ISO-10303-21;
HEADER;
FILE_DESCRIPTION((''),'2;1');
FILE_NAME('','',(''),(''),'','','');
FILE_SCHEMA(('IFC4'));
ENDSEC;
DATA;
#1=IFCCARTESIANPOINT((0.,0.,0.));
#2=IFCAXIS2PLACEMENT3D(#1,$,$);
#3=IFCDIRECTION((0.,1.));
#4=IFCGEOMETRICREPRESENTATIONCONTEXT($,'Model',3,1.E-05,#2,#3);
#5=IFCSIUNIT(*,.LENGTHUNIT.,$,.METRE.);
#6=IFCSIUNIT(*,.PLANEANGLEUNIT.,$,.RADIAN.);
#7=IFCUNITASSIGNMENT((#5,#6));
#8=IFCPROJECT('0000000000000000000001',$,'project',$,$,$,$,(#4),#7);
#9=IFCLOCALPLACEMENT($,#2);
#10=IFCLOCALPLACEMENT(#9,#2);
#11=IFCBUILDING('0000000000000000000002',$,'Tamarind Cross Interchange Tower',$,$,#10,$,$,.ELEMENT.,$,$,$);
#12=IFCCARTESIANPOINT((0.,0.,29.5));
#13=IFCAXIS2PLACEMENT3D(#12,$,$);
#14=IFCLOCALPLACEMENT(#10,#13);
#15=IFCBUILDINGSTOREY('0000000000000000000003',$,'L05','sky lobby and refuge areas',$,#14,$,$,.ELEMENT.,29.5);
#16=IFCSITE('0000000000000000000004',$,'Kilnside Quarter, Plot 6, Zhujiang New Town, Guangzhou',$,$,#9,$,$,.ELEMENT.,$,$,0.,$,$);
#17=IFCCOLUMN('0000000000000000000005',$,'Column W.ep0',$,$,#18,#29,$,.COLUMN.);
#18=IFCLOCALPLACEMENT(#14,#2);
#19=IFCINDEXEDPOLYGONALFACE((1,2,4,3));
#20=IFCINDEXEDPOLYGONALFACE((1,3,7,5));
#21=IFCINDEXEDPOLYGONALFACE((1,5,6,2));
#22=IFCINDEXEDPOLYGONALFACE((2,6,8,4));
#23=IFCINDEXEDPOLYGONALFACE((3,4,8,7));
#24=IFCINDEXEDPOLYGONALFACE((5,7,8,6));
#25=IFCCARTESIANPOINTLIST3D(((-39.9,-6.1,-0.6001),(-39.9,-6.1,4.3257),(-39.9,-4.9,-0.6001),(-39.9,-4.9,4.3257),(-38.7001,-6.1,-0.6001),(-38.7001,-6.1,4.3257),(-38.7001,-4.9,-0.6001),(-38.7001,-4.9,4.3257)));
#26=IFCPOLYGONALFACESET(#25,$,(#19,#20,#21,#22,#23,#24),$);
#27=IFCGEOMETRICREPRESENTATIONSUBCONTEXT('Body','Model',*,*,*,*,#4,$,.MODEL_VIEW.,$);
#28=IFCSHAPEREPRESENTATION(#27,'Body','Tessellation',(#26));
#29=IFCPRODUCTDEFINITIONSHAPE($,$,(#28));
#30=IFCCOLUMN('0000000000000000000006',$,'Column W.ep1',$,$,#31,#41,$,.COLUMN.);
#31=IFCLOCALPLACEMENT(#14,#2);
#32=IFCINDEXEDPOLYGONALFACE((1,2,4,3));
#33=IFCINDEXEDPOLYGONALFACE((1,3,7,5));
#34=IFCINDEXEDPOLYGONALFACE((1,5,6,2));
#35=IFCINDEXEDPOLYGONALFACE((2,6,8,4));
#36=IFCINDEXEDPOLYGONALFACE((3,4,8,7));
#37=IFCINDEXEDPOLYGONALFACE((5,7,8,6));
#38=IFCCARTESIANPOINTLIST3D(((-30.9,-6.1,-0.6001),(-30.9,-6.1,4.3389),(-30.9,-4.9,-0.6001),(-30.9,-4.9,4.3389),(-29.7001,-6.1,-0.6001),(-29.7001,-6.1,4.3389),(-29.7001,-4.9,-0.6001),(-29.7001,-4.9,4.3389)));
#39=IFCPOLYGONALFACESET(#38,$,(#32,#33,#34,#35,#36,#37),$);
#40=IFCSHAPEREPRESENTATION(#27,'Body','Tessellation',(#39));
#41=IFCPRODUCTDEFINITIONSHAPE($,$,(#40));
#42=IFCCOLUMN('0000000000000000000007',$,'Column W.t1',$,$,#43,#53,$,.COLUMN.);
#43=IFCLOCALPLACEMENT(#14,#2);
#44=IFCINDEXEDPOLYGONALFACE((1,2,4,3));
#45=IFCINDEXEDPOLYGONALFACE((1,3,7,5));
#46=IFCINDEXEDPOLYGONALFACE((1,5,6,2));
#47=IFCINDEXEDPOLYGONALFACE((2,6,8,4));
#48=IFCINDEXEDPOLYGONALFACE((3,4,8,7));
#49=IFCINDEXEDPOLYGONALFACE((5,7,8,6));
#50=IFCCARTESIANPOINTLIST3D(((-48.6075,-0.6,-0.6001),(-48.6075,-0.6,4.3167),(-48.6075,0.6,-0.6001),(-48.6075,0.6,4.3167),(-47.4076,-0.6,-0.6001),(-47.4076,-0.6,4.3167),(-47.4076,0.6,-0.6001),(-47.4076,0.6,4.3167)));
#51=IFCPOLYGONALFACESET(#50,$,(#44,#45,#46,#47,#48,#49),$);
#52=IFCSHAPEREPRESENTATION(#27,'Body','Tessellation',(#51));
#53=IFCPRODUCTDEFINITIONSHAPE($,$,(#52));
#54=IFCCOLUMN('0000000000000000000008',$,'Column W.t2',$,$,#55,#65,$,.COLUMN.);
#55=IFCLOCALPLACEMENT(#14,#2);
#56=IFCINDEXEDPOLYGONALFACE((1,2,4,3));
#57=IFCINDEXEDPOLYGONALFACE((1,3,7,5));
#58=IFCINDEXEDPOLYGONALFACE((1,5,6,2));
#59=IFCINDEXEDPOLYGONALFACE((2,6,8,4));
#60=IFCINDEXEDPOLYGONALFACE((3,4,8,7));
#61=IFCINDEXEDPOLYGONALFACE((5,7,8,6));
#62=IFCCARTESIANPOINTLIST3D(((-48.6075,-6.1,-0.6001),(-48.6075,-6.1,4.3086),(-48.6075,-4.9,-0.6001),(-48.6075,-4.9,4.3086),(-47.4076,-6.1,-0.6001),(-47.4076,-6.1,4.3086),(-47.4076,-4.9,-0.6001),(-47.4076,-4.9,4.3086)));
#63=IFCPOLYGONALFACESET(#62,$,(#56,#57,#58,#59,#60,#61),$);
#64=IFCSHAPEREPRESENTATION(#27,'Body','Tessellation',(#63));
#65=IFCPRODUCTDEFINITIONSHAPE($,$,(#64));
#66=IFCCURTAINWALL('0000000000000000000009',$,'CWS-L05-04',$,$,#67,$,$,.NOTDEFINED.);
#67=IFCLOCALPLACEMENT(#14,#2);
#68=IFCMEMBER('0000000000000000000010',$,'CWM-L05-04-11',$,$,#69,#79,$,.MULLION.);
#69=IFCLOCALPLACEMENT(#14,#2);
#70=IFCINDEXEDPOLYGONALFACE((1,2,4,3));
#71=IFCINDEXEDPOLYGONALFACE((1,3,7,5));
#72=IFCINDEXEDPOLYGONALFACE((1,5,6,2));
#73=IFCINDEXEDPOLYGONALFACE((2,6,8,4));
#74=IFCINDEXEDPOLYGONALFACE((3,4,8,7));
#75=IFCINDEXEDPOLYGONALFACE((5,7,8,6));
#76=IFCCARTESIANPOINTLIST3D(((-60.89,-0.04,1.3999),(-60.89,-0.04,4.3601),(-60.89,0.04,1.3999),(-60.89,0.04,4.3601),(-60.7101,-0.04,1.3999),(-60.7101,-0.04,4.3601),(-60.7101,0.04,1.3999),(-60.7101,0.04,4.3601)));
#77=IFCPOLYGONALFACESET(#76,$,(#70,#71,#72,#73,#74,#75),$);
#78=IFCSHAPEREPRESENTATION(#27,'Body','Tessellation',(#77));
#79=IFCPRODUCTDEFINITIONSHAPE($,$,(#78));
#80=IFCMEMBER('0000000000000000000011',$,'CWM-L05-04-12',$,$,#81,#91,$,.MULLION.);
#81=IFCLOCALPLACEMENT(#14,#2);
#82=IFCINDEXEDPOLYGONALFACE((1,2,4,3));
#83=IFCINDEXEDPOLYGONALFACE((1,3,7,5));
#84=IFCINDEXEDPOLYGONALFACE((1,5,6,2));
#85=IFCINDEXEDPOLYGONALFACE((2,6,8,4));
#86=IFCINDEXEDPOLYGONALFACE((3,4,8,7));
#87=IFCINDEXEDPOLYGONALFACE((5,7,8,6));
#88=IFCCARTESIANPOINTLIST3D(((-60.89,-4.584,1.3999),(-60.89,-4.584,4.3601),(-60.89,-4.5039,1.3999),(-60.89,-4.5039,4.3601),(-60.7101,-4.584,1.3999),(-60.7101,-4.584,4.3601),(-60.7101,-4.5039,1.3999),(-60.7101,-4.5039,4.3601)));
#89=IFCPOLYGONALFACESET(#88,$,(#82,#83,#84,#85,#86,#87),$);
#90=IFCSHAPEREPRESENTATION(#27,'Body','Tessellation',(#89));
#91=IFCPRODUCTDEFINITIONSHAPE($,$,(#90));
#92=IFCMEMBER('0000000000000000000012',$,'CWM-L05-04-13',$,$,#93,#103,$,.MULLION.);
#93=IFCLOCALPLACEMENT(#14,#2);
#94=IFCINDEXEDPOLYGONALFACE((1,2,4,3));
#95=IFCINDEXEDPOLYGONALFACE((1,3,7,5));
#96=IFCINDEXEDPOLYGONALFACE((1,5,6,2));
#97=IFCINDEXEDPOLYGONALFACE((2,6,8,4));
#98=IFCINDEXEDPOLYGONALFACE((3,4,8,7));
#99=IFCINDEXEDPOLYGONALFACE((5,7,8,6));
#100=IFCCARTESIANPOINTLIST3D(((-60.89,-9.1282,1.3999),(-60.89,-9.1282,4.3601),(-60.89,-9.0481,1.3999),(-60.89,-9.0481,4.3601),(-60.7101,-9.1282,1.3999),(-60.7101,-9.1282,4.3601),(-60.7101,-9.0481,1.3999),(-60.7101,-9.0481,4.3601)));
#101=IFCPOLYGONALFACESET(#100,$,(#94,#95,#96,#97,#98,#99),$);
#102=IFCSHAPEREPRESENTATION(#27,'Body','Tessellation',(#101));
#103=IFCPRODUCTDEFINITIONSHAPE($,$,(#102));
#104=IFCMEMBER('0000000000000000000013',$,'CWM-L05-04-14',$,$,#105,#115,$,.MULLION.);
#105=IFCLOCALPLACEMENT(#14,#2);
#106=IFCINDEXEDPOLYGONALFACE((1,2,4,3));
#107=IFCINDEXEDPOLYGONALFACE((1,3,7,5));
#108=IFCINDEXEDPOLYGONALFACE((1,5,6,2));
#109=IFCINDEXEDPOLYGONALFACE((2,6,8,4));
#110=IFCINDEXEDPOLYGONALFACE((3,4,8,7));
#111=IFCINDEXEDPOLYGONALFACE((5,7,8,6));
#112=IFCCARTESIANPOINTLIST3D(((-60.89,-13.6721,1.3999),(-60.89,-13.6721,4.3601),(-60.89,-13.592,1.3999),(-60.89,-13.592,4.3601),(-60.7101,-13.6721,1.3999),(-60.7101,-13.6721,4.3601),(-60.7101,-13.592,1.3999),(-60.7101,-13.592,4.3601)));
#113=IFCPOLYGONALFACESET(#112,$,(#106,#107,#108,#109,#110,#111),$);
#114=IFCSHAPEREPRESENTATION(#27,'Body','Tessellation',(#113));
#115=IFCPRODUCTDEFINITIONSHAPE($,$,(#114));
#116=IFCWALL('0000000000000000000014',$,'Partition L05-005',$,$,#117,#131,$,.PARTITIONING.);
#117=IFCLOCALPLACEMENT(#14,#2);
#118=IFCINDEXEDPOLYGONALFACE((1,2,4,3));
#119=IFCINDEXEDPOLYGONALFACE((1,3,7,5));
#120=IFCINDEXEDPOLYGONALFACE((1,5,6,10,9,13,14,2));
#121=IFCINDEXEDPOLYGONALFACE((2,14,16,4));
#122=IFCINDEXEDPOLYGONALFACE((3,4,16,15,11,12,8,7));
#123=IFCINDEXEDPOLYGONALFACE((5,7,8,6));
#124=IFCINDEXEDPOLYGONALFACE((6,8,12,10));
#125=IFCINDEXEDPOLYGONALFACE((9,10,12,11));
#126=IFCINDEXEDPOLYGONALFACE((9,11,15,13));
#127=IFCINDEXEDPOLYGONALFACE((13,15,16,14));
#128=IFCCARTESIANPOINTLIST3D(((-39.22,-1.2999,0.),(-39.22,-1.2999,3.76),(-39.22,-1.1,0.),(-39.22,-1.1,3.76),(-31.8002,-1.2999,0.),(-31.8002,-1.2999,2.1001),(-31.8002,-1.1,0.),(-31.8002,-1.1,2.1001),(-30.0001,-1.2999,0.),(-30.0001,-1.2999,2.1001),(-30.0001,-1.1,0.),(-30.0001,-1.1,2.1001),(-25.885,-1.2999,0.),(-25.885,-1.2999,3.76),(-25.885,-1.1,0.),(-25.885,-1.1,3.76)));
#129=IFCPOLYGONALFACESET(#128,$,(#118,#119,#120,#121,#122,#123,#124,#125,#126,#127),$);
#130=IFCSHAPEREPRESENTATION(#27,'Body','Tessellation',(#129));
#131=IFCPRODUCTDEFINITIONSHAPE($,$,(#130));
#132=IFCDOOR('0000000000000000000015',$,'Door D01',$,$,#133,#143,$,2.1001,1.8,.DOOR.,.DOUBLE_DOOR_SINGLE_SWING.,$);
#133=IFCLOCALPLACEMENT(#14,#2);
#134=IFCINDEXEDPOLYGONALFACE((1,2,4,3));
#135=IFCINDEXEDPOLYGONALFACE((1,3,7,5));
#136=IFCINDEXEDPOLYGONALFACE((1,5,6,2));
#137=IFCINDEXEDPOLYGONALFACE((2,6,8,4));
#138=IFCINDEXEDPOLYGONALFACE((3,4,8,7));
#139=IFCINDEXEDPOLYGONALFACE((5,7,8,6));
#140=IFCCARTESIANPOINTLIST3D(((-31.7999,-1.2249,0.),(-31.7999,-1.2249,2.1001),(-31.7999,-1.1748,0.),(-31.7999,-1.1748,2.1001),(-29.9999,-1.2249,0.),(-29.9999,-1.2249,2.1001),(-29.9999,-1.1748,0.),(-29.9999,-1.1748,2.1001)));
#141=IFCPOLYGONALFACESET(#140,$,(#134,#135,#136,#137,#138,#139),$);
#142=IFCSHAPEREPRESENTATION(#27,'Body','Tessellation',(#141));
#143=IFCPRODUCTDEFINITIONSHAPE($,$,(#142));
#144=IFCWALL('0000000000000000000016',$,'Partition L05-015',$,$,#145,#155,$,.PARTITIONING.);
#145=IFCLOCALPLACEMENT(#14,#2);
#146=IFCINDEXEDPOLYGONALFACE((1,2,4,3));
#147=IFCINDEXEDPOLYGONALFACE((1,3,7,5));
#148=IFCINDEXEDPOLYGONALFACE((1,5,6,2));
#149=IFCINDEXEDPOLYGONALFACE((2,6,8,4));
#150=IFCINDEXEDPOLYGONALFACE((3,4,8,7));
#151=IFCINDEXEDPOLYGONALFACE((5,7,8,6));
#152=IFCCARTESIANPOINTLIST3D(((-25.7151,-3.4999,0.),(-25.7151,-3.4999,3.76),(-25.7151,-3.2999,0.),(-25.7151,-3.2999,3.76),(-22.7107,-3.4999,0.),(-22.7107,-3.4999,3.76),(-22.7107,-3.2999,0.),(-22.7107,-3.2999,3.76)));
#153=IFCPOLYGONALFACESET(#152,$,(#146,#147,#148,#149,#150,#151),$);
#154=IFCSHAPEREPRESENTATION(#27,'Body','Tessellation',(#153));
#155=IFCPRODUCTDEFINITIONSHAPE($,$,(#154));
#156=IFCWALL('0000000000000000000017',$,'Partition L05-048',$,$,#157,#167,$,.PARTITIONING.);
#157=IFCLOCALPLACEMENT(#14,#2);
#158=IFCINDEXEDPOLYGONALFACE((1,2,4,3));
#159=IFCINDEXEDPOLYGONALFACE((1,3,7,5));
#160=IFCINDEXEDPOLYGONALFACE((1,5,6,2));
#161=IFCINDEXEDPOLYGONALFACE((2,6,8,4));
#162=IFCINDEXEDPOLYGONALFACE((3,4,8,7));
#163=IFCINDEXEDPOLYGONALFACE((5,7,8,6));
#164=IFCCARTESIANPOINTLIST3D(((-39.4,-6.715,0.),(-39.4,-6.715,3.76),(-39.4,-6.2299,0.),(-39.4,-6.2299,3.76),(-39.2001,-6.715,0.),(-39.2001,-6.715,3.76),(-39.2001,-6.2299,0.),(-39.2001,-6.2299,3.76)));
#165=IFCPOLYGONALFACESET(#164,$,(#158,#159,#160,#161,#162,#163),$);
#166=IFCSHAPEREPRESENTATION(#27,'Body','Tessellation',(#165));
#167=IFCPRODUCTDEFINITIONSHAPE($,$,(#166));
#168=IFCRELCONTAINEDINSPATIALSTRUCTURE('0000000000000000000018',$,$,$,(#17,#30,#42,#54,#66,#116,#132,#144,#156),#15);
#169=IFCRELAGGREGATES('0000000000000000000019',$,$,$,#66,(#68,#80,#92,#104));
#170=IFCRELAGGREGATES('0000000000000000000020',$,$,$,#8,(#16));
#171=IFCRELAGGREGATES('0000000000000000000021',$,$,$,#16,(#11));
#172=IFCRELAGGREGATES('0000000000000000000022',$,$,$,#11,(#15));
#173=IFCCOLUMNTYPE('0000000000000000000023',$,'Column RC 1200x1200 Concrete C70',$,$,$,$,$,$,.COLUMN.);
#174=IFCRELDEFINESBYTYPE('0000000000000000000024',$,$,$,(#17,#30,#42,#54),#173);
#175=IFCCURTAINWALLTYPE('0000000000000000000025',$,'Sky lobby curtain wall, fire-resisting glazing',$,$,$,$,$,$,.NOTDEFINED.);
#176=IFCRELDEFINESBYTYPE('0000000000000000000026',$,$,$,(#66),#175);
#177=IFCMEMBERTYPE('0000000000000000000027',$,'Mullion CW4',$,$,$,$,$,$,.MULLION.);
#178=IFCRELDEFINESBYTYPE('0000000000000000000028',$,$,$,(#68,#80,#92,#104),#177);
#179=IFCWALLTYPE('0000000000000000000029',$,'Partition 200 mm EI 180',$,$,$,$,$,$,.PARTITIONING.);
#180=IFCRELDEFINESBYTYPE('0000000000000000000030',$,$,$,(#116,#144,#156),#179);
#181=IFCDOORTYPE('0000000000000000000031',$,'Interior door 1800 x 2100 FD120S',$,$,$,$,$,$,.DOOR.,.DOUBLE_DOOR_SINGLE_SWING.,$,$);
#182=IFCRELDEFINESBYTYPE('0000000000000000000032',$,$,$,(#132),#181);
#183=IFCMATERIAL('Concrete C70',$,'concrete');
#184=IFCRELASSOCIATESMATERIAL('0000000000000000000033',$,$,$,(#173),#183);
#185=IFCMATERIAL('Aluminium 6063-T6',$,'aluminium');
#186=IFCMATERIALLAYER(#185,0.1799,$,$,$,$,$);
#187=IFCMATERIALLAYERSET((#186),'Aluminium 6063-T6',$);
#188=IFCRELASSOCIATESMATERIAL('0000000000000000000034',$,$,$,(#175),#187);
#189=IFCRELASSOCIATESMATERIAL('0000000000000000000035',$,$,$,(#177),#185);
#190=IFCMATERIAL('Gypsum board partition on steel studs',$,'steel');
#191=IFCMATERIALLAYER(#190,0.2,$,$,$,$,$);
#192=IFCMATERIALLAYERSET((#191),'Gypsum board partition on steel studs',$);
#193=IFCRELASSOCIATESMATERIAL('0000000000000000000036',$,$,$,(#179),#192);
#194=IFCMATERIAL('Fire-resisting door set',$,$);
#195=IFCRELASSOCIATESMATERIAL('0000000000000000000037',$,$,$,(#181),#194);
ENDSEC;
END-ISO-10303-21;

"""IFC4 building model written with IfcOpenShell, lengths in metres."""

from ifc_helpers import new_model, si_unit, direction, frame, frame_2d, origin, origin_2d, place, context, subcontext, project, spatial, rectangle, extrude, material, layer, layer_set, material_profile, profile_set, type_object, element, fill, aggregate, save


model = new_model("IFC4")

# Units and contexts
model_context = context("Model", 3, precision=1e-05, world=origin(), true_north=direction((0.0, 1.0)))
body_context = subcontext(model_context, "Body", "Model", "MODEL_VIEW")
ifc_project = project(units=[si_unit("LENGTHUNIT", "METRE"), si_unit("PLANEANGLEUNIT", "RADIAN")], contexts=[model_context])

# Site, building, storey
site_placement = place(None, origin())
site = spatial("IfcSite", under=ifc_project, at=site_placement, Name="Kilnside Quarter, Plot 6, Zhujiang New Town, Guangzhou", CompositionType="ELEMENT", RefElevation=0.0)
building_placement = place(site_placement, origin())
building = spatial("IfcBuilding", under=site, at=building_placement, Name="Tamarind Cross Interchange Tower", CompositionType="ELEMENT")
storey_placement = place(building_placement, frame((0.0, 0.0, 29.5)))
storey = spatial("IfcBuildingStorey", under=building, at=storey_placement, Name="L05", Description="sky lobby and refuge areas", CompositionType="ELEMENT", Elevation=29.5)

# Columns
ifc_material_1 = material(Name="Concrete C70", Category="concrete")
ifc_material_profile_1 = material_profile(ifc_material_1, rectangle(XDim=1.2, YDim=1.2, at=origin_2d()), Name="RC 1200x1200")
ifc_profile_set_1 = profile_set([ifc_material_profile_1], Name="Concrete C70")
column_type = type_object("IfcColumnType", Name="Column RC 1200x1200 Concrete C70", PredefinedType="COLUMN", material=ifc_profile_set_1)
column_1_placement = place(storey_placement, frame((-39.3, -5.5, -0.6001), z_axis=(0.0, 0.0, 1.0), x_axis=(1.0, 0.0, 0.0)))
element("IfcColumn", 1, at=column_1_placement, inside=storey, type_object=column_type, Name="Column W.ep0", PredefinedType="COLUMN", context=body_context, shape_type="SweptSolid", body=[
    extrude(rectangle(XDim=1.2, YDim=1.2, at=origin_2d()), origin(), (0.0, 0.0, 1.0), 4.9258),
])
column_2_placement = place(storey_placement, frame((-30.3, -5.5, -0.6001), z_axis=(0.0, 0.0, 1.0), x_axis=(1.0, 0.0, 0.0)))
element("IfcColumn", 2, at=column_2_placement, inside=storey, type_object=column_type, Name="Column W.ep1", PredefinedType="COLUMN", context=body_context, shape_type="SweptSolid", body=[
    extrude(rectangle(XDim=1.2, YDim=1.2, at=origin_2d()), origin(), (0.0, 0.0, 1.0), 4.939),
])
column_3_placement = place(storey_placement, frame((-48.0076, 0.0, -0.6001), z_axis=(0.0, 0.0, 1.0), x_axis=(1.0, 0.0, 0.0)))
element("IfcColumn", 3, at=column_3_placement, inside=storey, type_object=column_type, Name="Column W.t1", PredefinedType="COLUMN", context=body_context, shape_type="SweptSolid", body=[
    extrude(rectangle(XDim=1.2, YDim=1.2, at=origin_2d()), origin(), (0.0, 0.0, 1.0), 4.9167),
])
column_4_placement = place(storey_placement, frame((-48.0076, -5.5, -0.6001), z_axis=(0.0, 0.0, 1.0), x_axis=(1.0, 0.0, 0.0)))
element("IfcColumn", 4, at=column_4_placement, inside=storey, type_object=column_type, Name="Column W.t2", PredefinedType="COLUMN", context=body_context, shape_type="SweptSolid", body=[
    extrude(rectangle(XDim=1.2, YDim=1.2, at=origin_2d()), origin(), (0.0, 0.0, 1.0), 4.9087),
])

# Curtain wall, members
ifc_material_2 = material(Name="Aluminium 6063-T6", Category="aluminium")
ifc_layer_1 = layer(ifc_material_2, 0.1799)
ifc_layer_set_1 = layer_set([ifc_layer_1], Name="Aluminium 6063-T6")
curtain_wall_type = type_object("IfcCurtainWallType", Name="Sky lobby curtain wall, fire-resisting glazing", PredefinedType="NOTDEFINED", material=ifc_layer_set_1)
curtain_wall_placement = place(storey_placement, origin())
curtain_wall = element("IfcCurtainWall", 5, at=curtain_wall_placement, inside=storey, type_object=curtain_wall_type, Name="CWS-L05-04", PredefinedType="NOTDEFINED")
ifc_material_profile_2 = material_profile(ifc_material_2, rectangle(XDim=0.0801, YDim=0.1799, at=origin_2d()), Name="Mullion CW4")
ifc_profile_set_2 = profile_set([ifc_material_profile_2], Name="Aluminium 6063-T6")
member_type = type_object("IfcMemberType", Name="Mullion CW4", PredefinedType="MULLION", material=ifc_profile_set_2)
member_1_placement = place(storey_placement, frame((-60.8, 0.0, 1.3999), z_axis=(0.0, 0.0, 1.0), x_axis=(0.0, -1.0, 0.0)))
member_1 = element("IfcMember", 6, at=member_1_placement, type_object=member_type, Name="CWM-L05-04-11", PredefinedType="MULLION", context=body_context, shape_type="SweptSolid", body=[
    extrude(rectangle(XDim=0.0801, YDim=0.1799, at=origin_2d()), origin(), (0.0, 0.0, 1.0), 2.9602),
])
member_2_placement = place(storey_placement, frame((-60.8, -4.5439, 1.3999), z_axis=(0.0, 0.0, 1.0), x_axis=(0.0, -1.0, 0.0)))
member_2 = element("IfcMember", 7, at=member_2_placement, type_object=member_type, Name="CWM-L05-04-12", PredefinedType="MULLION", context=body_context, shape_type="SweptSolid", body=[
    extrude(rectangle(XDim=0.0801, YDim=0.1799, at=origin_2d()), origin(), (0.0, 0.0, 1.0), 2.9602),
])
member_3_placement = place(storey_placement, frame((-60.8, -9.0881, 1.3999), z_axis=(0.0, 0.0, 1.0), x_axis=(0.0, -1.0, 0.0)))
member_3 = element("IfcMember", 8, at=member_3_placement, type_object=member_type, Name="CWM-L05-04-13", PredefinedType="MULLION", context=body_context, shape_type="SweptSolid", body=[
    extrude(rectangle(XDim=0.0801, YDim=0.1799, at=origin_2d()), origin(), (0.0, 0.0, 1.0), 2.9602),
])
member_4_placement = place(storey_placement, frame((-60.8, -13.6321, 1.3999), z_axis=(0.0, 0.0, 1.0), x_axis=(0.0, -1.0, 0.0)))
member_4 = element("IfcMember", 9, at=member_4_placement, type_object=member_type, Name="CWM-L05-04-14", PredefinedType="MULLION", context=body_context, shape_type="SweptSolid", body=[
    extrude(rectangle(XDim=0.0801, YDim=0.1799, at=origin_2d()), origin(), (0.0, 0.0, 1.0), 2.9602),
])
aggregate(curtain_wall, [member_1, member_2, member_3, member_4])

# Wall, opening, door
ifc_material_3 = material(Name="Gypsum board partition on steel studs", Category="steel")
ifc_layer_2 = layer(ifc_material_3, 0.2)
ifc_layer_set_2 = layer_set([ifc_layer_2], Name="Gypsum board partition on steel studs")
wall_type_1 = type_object("IfcWallType", Name="Partition 200 mm EI 180", PredefinedType="PARTITIONING", material=ifc_layer_set_2)
wall_1_placement = place(storey_placement, frame((-39.22, -1.2, 0.0), z_axis=(0.0, 0.0, 1.0), x_axis=(1.0, 0.0, 0.0)))
wall_1 = element("IfcWall", 10, at=wall_1_placement, inside=storey, type_object=wall_type_1, Name="Partition L05-005", PredefinedType="PARTITIONING", context=body_context, shape_type="SweptSolid", body=[
    extrude(rectangle(XDim=13.335, YDim=0.2, at=frame_2d((6.6675, 0.0))), origin(), (0.0, 0.0, 1.0), 3.76),
])
opening_1_placement = place(wall_1_placement, frame((7.4199, 0.0, 0.0)))
opening_1 = element("IfcOpeningElement", 11, at=opening_1_placement, cuts=wall_1, PredefinedType="OPENING", context=body_context, shape_type="SweptSolid", body=[
    extrude(rectangle(XDim=1.8, YDim=2.1001, at=frame_2d((0.8999, 1.05))), frame((0.0, 0.1099, 0.0), z_axis=(0.0, -1.0, 0.0), x_axis=(1.0, 0.0, 0.0)), (0.0, 0.0, 1.0), 0.22),
])
ifc_material_4 = material(Name="Fire-resisting door set")
door_type_1 = type_object("IfcDoorType", Name="Interior door 1800 x 2100 FD120S", OperationType="DOUBLE_DOOR_SINGLE_SWING", PredefinedType="DOOR", material=ifc_material_4)
door_1_placement = place(opening_1_placement, frame((1.8, 0.0, 0.0), z_axis=(0.0, 0.0, 1.0), x_axis=(-1.0, 0.0, 0.0)))
door_1 = element("IfcDoor", 12, at=door_1_placement, inside=storey, type_object=door_type_1, Name="Door D01", OperationType="DOUBLE_DOOR_SINGLE_SWING", OverallHeight=2.1001, OverallWidth=1.8, PredefinedType="DOOR", context=body_context, shape_type="SweptSolid", body=[
    extrude(rectangle(XDim=1.8, YDim=2.1001, at=frame_2d((0.8999, 1.05))), frame((0.0, 0.0249, 0.0), z_axis=(0.0, -1.0, 0.0), x_axis=(1.0, 0.0, 0.0)), (0.0, 0.0, 1.0), 0.05),
])
fill(opening_1, door_1)

# Walls
wall_2_placement = place(storey_placement, frame((-25.7151, -3.3999, 0.0), z_axis=(0.0, 0.0, 1.0), x_axis=(1.0, 0.0, 0.0)))
element("IfcWall", 13, at=wall_2_placement, inside=storey, type_object=wall_type_1, Name="Partition L05-015", PredefinedType="PARTITIONING", context=body_context, shape_type="SweptSolid", body=[
    extrude(rectangle(XDim=3.0044, YDim=0.2, at=frame_2d((1.5022, 0.0))), origin(), (0.0, 0.0, 1.0), 3.76),
])
wall_3_placement = place(storey_placement, frame((-39.3, -6.7151, 0.0), z_axis=(0.0, 0.0, 1.0), x_axis=(0.0, 1.0, 0.0)))
element("IfcWall", 14, at=wall_3_placement, inside=storey, type_object=wall_type_1, Name="Partition L05-048", PredefinedType="PARTITIONING", context=body_context, shape_type="SweptSolid", body=[
    extrude(rectangle(XDim=0.4851, YDim=0.2, at=frame_2d((0.2427, 0.0))), origin(), (0.0, 0.0, 1.0), 3.76),
])

save(model, "model.ifc")
